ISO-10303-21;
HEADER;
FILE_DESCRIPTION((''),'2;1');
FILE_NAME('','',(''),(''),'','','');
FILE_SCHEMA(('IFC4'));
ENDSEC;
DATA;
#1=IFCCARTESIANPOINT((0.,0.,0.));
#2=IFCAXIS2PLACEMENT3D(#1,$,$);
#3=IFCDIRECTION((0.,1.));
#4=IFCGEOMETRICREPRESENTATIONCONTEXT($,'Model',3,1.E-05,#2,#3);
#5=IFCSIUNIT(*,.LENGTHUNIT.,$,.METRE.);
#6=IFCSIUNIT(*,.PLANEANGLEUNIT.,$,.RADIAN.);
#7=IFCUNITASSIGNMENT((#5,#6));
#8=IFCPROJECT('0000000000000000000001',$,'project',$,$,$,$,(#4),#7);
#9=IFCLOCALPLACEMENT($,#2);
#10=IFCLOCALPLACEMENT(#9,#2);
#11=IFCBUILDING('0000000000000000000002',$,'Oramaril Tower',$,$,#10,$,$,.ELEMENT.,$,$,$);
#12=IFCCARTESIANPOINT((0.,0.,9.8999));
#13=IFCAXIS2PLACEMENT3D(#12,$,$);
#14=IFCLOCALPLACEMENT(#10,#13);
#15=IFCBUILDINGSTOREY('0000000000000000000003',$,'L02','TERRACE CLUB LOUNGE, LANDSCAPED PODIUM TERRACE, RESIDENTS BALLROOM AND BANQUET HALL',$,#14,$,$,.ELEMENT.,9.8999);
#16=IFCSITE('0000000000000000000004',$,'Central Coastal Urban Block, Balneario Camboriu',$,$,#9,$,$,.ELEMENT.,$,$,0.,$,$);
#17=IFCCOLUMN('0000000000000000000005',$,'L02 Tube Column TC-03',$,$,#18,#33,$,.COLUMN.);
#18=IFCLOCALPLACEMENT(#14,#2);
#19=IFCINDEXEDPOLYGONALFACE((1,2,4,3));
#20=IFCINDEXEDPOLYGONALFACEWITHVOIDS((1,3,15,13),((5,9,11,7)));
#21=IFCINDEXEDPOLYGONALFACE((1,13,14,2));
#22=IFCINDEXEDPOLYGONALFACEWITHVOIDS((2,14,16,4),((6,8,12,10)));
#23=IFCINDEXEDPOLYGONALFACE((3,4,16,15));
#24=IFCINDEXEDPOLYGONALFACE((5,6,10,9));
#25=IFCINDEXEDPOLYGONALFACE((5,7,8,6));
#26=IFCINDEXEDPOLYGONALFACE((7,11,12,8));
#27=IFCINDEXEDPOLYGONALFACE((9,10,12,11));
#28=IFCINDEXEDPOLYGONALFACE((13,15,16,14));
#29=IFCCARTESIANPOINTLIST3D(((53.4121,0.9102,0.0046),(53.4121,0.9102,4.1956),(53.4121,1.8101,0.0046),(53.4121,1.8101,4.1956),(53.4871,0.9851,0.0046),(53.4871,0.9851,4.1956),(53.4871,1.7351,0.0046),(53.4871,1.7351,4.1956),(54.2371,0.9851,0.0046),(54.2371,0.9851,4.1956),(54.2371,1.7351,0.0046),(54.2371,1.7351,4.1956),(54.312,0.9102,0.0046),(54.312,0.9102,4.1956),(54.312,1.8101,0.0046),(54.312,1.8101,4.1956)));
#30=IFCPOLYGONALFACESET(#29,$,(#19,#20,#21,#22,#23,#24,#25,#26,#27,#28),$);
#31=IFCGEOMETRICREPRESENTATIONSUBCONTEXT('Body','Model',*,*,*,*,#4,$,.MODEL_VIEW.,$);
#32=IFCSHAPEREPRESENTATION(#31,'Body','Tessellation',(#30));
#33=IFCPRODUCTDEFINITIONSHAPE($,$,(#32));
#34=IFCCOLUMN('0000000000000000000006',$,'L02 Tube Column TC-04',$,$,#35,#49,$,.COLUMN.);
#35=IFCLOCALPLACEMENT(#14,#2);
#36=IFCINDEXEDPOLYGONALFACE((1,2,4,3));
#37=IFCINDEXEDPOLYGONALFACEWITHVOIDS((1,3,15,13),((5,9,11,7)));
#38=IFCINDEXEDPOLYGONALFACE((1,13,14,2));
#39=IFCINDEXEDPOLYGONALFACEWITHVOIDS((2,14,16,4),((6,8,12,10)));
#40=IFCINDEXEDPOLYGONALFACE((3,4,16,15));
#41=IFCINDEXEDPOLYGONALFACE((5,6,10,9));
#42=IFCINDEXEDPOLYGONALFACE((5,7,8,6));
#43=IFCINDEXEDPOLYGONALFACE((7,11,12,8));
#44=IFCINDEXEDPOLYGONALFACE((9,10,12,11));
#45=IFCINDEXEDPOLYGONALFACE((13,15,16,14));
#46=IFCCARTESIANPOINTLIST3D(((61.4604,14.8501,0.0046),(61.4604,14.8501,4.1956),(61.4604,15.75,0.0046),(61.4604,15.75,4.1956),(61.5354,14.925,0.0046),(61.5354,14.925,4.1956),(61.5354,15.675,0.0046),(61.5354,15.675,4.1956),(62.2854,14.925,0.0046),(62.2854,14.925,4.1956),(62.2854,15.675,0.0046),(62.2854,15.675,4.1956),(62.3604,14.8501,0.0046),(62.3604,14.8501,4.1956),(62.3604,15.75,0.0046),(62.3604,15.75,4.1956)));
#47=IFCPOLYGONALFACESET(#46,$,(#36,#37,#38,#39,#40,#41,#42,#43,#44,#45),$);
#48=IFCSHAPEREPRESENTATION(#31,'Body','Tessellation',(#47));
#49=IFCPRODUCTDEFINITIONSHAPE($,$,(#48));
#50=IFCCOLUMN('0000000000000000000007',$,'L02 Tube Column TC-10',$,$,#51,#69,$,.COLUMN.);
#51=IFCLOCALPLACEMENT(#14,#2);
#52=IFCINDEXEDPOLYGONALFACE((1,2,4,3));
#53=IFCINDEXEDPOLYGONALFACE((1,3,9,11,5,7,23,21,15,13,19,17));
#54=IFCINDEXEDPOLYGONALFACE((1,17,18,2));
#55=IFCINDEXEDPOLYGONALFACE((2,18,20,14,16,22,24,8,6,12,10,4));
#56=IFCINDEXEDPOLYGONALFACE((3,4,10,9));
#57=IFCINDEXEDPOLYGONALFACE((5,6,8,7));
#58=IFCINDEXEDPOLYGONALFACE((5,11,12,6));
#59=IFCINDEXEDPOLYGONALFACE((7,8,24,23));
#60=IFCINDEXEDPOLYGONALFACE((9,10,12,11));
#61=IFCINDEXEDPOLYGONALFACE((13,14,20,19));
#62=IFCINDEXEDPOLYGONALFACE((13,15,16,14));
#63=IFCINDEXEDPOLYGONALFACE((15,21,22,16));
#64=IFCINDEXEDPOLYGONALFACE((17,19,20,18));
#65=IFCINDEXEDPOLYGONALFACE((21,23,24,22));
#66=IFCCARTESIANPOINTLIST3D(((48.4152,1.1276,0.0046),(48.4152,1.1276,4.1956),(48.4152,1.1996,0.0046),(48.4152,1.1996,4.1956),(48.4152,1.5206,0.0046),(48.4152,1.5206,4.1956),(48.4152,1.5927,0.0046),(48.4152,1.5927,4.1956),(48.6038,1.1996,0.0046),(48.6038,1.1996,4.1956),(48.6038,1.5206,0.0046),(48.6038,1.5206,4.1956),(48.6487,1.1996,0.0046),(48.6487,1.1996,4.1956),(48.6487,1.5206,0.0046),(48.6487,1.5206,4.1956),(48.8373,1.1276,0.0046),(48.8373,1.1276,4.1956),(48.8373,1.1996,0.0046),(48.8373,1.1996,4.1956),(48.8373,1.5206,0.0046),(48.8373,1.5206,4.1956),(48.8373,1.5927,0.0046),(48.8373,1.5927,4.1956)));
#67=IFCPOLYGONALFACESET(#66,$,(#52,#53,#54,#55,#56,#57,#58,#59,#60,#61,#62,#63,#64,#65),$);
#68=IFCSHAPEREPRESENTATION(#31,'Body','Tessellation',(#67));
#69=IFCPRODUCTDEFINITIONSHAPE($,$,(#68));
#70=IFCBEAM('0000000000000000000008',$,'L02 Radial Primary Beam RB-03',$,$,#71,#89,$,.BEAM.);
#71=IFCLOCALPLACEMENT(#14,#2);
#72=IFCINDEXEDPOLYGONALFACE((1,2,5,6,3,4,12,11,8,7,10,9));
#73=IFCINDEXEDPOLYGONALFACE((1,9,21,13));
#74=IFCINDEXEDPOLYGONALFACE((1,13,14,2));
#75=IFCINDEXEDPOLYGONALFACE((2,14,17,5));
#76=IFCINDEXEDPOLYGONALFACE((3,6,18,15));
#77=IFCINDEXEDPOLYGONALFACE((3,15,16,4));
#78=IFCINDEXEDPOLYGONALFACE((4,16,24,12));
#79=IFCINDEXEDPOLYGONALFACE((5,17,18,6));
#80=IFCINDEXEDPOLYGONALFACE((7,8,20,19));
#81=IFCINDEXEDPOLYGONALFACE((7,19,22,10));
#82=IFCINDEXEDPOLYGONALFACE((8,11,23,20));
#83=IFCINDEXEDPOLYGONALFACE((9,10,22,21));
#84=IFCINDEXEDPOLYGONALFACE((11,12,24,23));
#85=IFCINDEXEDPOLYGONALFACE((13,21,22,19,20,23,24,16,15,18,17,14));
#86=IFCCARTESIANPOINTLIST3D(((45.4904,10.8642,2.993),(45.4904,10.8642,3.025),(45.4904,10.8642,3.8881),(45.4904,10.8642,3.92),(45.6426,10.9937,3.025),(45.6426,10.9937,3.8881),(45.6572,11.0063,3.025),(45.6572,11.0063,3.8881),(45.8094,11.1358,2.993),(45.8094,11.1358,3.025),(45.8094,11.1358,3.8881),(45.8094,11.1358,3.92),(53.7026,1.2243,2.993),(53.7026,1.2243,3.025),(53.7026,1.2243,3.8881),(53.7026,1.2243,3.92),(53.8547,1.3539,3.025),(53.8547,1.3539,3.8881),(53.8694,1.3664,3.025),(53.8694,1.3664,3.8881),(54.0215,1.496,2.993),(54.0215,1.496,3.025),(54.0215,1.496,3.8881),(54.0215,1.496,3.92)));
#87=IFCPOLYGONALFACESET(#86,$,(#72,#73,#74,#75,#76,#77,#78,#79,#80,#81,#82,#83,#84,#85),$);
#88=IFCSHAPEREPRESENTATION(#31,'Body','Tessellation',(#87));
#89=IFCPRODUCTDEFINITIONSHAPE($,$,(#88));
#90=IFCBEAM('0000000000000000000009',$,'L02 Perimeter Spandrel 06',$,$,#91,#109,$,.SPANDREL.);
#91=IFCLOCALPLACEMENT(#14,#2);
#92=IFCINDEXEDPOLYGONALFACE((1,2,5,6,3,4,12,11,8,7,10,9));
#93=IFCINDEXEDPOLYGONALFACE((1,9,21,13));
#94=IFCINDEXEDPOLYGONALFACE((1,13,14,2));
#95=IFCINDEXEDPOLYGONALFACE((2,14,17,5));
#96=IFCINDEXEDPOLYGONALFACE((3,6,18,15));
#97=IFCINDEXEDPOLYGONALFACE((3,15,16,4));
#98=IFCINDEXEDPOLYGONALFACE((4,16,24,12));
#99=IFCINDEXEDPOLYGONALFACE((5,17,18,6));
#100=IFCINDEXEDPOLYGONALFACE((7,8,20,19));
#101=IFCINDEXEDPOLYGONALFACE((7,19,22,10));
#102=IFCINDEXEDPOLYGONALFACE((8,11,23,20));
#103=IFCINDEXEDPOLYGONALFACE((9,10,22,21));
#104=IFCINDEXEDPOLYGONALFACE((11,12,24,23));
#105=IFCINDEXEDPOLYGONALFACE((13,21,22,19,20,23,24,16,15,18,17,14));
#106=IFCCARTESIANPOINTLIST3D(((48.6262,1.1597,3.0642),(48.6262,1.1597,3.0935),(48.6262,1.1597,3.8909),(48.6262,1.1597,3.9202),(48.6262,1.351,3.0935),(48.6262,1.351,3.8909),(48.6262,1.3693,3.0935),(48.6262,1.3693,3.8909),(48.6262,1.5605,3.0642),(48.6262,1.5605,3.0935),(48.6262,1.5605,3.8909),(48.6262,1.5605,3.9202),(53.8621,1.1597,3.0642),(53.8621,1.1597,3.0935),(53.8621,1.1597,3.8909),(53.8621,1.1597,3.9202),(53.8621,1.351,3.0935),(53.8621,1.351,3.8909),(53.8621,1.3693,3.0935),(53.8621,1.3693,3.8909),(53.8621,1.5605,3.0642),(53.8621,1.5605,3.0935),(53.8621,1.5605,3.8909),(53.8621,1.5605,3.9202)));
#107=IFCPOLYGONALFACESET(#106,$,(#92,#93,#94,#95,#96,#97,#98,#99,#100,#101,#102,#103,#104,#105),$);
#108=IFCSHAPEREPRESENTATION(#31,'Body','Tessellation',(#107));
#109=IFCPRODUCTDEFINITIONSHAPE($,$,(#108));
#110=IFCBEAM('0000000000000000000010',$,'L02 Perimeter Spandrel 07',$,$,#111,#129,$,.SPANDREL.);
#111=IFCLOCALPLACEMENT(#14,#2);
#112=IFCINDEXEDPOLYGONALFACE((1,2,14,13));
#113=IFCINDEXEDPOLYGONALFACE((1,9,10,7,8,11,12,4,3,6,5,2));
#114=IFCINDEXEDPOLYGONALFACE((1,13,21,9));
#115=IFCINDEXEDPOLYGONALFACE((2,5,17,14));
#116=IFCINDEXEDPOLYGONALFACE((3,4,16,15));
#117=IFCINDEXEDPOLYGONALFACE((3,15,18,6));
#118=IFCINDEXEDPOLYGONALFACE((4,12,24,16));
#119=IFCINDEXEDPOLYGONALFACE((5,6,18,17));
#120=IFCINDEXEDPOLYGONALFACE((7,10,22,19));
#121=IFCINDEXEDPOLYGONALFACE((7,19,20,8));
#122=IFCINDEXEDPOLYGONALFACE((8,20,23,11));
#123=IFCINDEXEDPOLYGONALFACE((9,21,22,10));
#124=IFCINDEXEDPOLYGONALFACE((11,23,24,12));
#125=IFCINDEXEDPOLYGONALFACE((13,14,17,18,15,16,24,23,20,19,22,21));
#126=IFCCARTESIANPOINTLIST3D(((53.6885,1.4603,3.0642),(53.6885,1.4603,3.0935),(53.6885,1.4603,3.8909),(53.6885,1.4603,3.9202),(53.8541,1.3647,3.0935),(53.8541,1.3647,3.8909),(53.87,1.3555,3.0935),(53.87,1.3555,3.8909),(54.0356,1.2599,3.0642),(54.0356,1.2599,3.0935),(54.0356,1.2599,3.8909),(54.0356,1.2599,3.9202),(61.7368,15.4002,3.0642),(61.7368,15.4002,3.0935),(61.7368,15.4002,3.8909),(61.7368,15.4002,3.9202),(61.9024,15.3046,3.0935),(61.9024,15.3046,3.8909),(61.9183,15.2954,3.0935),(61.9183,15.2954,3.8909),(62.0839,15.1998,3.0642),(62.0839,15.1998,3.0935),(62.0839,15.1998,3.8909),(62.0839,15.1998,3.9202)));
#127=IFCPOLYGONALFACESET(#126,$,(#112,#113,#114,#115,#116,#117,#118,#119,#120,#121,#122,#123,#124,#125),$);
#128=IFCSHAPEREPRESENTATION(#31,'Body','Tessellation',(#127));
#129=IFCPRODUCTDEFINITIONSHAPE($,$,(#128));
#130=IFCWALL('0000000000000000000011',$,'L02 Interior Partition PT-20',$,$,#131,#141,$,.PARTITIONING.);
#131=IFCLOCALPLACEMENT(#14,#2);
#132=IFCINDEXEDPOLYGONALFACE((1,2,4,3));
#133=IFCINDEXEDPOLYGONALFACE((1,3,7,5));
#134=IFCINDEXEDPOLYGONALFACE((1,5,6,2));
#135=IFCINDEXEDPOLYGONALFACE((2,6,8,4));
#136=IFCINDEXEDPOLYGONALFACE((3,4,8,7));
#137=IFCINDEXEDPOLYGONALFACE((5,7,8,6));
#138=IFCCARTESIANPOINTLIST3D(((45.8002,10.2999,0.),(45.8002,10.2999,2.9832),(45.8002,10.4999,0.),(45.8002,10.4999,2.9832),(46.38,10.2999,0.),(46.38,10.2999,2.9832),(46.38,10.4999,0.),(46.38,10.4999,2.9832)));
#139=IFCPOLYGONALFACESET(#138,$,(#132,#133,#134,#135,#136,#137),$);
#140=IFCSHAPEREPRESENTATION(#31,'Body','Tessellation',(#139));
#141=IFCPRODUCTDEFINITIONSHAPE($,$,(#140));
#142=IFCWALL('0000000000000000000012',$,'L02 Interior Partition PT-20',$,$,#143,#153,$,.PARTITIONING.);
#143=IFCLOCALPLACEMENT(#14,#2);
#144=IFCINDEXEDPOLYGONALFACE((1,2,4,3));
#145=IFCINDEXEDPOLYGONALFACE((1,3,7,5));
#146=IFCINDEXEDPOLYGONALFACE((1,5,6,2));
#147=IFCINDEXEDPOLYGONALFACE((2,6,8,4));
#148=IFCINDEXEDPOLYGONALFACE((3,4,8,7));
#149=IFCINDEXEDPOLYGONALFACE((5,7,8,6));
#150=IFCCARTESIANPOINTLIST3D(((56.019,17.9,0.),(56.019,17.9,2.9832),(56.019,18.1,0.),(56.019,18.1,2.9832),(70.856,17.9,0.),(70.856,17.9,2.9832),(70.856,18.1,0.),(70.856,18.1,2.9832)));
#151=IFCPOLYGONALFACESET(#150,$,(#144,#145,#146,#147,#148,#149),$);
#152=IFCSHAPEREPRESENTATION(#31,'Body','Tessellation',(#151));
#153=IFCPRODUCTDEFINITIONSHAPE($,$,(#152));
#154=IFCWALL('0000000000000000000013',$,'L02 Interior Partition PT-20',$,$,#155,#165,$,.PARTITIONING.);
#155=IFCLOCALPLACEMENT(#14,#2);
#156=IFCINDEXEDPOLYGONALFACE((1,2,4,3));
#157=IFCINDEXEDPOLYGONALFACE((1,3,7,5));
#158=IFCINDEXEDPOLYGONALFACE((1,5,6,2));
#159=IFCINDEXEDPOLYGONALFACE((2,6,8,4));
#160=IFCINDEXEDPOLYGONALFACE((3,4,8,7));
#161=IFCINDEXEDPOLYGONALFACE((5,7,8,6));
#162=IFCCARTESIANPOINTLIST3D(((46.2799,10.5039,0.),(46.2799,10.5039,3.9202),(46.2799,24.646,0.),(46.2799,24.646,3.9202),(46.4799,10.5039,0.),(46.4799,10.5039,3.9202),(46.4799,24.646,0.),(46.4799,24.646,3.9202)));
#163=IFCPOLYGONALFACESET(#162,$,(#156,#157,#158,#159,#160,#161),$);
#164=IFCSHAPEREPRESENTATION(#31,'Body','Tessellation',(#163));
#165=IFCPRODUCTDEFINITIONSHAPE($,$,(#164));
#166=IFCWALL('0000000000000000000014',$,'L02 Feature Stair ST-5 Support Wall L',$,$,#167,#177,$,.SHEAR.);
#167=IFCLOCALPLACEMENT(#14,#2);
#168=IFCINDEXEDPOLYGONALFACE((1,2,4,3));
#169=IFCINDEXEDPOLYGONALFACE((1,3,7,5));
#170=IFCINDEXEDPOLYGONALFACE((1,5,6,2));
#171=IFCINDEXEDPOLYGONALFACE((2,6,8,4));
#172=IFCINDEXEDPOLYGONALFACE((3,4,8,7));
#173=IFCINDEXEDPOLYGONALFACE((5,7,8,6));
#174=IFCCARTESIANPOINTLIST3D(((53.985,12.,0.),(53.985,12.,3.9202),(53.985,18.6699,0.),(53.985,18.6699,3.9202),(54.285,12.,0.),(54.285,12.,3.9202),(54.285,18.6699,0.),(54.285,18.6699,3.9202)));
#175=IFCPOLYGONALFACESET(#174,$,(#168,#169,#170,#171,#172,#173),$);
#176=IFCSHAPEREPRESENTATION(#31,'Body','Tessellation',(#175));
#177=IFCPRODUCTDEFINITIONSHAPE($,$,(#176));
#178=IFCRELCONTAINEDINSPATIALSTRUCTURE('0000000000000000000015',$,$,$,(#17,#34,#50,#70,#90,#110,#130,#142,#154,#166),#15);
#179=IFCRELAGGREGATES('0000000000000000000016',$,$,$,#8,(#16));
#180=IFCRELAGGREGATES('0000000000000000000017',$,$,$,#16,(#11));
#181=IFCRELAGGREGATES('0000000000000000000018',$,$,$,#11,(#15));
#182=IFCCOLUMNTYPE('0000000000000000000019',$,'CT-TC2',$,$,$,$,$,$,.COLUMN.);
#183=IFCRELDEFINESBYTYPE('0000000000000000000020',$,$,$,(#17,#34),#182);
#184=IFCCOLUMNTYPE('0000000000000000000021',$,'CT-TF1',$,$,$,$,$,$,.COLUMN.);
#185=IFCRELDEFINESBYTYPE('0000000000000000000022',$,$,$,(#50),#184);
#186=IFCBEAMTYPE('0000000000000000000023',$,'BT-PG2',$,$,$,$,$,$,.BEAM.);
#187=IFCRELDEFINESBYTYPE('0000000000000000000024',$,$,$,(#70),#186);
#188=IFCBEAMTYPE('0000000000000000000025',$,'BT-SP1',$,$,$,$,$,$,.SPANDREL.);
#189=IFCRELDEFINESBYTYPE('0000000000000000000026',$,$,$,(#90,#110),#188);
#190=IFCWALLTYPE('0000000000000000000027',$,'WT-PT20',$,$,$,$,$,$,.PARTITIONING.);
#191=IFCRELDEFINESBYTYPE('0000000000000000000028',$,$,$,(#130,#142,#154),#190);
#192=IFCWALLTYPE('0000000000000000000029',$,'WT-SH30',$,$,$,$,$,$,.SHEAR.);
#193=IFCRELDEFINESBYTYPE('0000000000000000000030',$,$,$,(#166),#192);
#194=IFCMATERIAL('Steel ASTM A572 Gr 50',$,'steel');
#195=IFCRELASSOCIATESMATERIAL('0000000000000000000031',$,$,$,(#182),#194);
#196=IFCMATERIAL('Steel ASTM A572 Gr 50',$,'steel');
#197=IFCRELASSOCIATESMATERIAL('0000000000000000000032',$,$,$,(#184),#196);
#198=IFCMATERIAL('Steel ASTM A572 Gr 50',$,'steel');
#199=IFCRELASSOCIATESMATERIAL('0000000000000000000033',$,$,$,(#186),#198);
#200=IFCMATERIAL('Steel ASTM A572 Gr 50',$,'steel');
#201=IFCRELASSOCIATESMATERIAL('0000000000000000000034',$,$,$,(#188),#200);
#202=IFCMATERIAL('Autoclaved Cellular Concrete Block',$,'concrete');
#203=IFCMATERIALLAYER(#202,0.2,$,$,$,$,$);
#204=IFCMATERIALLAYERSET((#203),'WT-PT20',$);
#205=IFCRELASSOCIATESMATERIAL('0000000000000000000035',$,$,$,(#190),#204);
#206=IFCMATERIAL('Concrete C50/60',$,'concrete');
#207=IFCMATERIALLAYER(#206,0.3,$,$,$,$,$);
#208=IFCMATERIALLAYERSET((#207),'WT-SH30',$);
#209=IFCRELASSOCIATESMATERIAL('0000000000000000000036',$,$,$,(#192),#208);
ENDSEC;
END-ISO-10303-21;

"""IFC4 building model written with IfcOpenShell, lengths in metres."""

from ifc_helpers import new_model, si_unit, direction, frame, frame_2d, origin, origin_2d, place, context, subcontext, project, spatial, rectangle, hollow_rectangle, i_section, extrude, material, layer, layer_set, material_profile, profile_set, type_object, element, save


model = new_model("IFC4")

# Units and contexts
model_context = context("Model", 3, precision=1e-05, world=origin(), true_north=direction((0.0, 1.0)))
body_context = subcontext(model_context, "Body", "Model", "MODEL_VIEW")
ifc_project = project(units=[si_unit("LENGTHUNIT", "METRE"), si_unit("PLANEANGLEUNIT", "RADIAN")], contexts=[model_context])

# Site, building, storey
site_placement = place(None, origin())
site = spatial("IfcSite", under=ifc_project, at=site_placement, Name="Central Coastal Urban Block, Balneario Camboriu", CompositionType="ELEMENT", RefElevation=0.0)
building_placement = place(site_placement, origin())
building = spatial("IfcBuilding", under=site, at=building_placement, Name="Oramaril Tower", CompositionType="ELEMENT")
storey_placement = place(building_placement, frame((0.0, 0.0, 9.8999)))
storey = spatial("IfcBuildingStorey", under=building, at=storey_placement, Name="L02", Description="TERRACE CLUB LOUNGE, LANDSCAPED PODIUM TERRACE, RESIDENTS BALLROOM AND BANQUET HALL", CompositionType="ELEMENT", Elevation=9.8999)

# Columns
ifc_material_1 = material(Name="Steel ASTM A572 Gr 50", Category="steel")
ifc_material_profile_1 = material_profile(ifc_material_1, hollow_rectangle(XDim=0.8999, YDim=0.8999, WallThickness=0.075, at=origin_2d()), Name="BOX900X900X75")
ifc_profile_set_1 = profile_set([ifc_material_profile_1], Name="Steel ASTM A572 Gr 50")
column_type_1 = type_object("IfcColumnType", Name="CT-TC2", PredefinedType="COLUMN", material=ifc_profile_set_1)
for number, where, z_axis, x_axis, name in (
    (1, (53.8621, 1.3601, 0.0046), (0.0, 0.0, 1.0), (1.0, 0.0, 0.0), "L02 Tube Column TC-03"),
    (2, (61.9104, 15.3, 0.0046), (0.0, 0.0, 1.0), (1.0, 0.0, 0.0), "L02 Tube Column TC-04"),
):
    element("IfcColumn", number, at=place(storey_placement, frame(where, z_axis=z_axis, x_axis=x_axis)), inside=storey, type_object=column_type_1, Name=name, PredefinedType="COLUMN", context=body_context, shape_type="SweptSolid", body=[
        extrude(hollow_rectangle(XDim=0.8999, YDim=0.8999, WallThickness=0.075, at=origin_2d()), origin(), (0.0, 0.0, 1.0), 4.1909),
    ])
ifc_material_2 = material(Name="Steel ASTM A572 Gr 50", Category="steel")
ifc_material_profile_2 = material_profile(ifc_material_2, i_section(OverallWidth=0.4221, OverallDepth=0.4651, WebThickness=0.0449, FlangeThickness=0.072, at=origin_2d()), Name="W14X398")
ifc_profile_set_2 = profile_set([ifc_material_profile_2], Name="Steel ASTM A572 Gr 50")
column_type_2 = type_object("IfcColumnType", Name="CT-TF1", PredefinedType="COLUMN", material=ifc_profile_set_2)
column_placement = place(storey_placement, frame((48.6262, 1.3601, 0.0046), z_axis=(0.0, 0.0, 1.0), x_axis=(1.0, 0.0, 0.0)))
element("IfcColumn", 3, at=column_placement, inside=storey, type_object=column_type_2, Name="L02 Tube Column TC-10", PredefinedType="COLUMN", context=body_context, shape_type="SweptSolid", body=[
    extrude(i_section(OverallWidth=0.4221, OverallDepth=0.4651, WebThickness=0.0449, FlangeThickness=0.072, at=origin_2d()), origin(), (0.0, 0.0, 1.0), 4.1909),
])

# Beams
ifc_material_3 = material(Name="Steel ASTM A572 Gr 50", Category="steel")
ifc_material_profile_3 = material_profile(ifc_material_3, i_section(OverallWidth=0.4189, OverallDepth=0.927, WebThickness=0.0193, FlangeThickness=0.032, at=origin_2d()), Name="W36X231")
ifc_profile_set_3 = profile_set([ifc_material_profile_3], Name="Steel ASTM A572 Gr 50")
beam_type_1 = type_object("IfcBeamType", Name="BT-PG2", PredefinedType="BEAM", material=ifc_profile_set_3)
beam_1_placement = place(storey_placement, frame((45.6499, 11.0, 3.4565), z_axis=(0.648485, -0.761228, 0.0), x_axis=(0.761228, 0.648485, 0.0)))
element("IfcBeam", 4, at=beam_1_placement, inside=storey, type_object=beam_type_1, Name="L02 Radial Primary Beam RB-03", PredefinedType="BEAM", context=body_context, shape_type="SweptSolid", body=[
    extrude(i_section(OverallWidth=0.4189, OverallDepth=0.927, WebThickness=0.0193, FlangeThickness=0.032, at=origin_2d()), origin(), (0.0, 0.0, 1.0), 12.6636),
])
ifc_material_4 = material(Name="Steel ASTM A572 Gr 50", Category="steel")
ifc_material_profile_4 = material_profile(ifc_material_4, i_section(OverallWidth=0.4009, OverallDepth=0.856, WebThickness=0.0183, FlangeThickness=0.0293, at=origin_2d()), Name="W33X201")
ifc_profile_set_4 = profile_set([ifc_material_profile_4], Name="Steel ASTM A572 Gr 50")
beam_type_2 = type_object("IfcBeamType", Name="BT-SP1", PredefinedType="SPANDREL", material=ifc_profile_set_4)
beam_2_placement = place(storey_placement, frame((48.6262, 1.3601, 3.4922), z_axis=(1.0, 0.0, 0.0), x_axis=(0.0, 1.0, 0.0)))
element("IfcBeam", 5, at=beam_2_placement, inside=storey, type_object=beam_type_2, Name="L02 Perimeter Spandrel 06", PredefinedType="SPANDREL", context=body_context, shape_type="SweptSolid", body=[
    extrude(i_section(OverallWidth=0.4009, OverallDepth=0.856, WebThickness=0.0183, FlangeThickness=0.0293, at=origin_2d()), origin(), (0.0, 0.0, 1.0), 5.2358),
])
beam_3_placement = place(storey_placement, frame((53.8621, 1.3601, 3.4922), z_axis=(0.500005, 0.866022, 0.0), x_axis=(-0.866022, 0.500005, 0.0)))
element("IfcBeam", 6, at=beam_3_placement, inside=storey, type_object=beam_type_2, Name="L02 Perimeter Spandrel 07", PredefinedType="SPANDREL", context=body_context, shape_type="SweptSolid", body=[
    extrude(i_section(OverallWidth=0.4009, OverallDepth=0.856, WebThickness=0.0183, FlangeThickness=0.0293, at=origin_2d()), origin(), (0.0, 0.0, 1.0), 16.0964),
])

# Walls
ifc_material_5 = material(Name="Autoclaved Cellular Concrete Block", Category="concrete")
ifc_layer_1 = layer(ifc_material_5, 0.2)
ifc_layer_set_1 = layer_set([ifc_layer_1], Name="WT-PT20")
wall_type_1 = type_object("IfcWallType", Name="WT-PT20", PredefinedType="PARTITIONING", material=ifc_layer_set_1)
wall_1_placement = place(storey_placement, frame((45.8, 10.3999, 0.0), z_axis=(0.0, 0.0, 1.0), x_axis=(1.0, 0.0, 0.0)))
element("IfcWall", 7, at=wall_1_placement, inside=storey, type_object=wall_type_1, Name="L02 Interior Partition PT-20", PredefinedType="PARTITIONING", context=body_context, shape_type="SweptSolid", body=[
    extrude(rectangle(XDim=0.5798, YDim=0.2, at=frame_2d((0.29, 0.0))), origin(), (0.0, 0.0, 1.0), 2.9832),
])
wall_2_placement = place(storey_placement, frame((56.019, 18.0, 0.0), z_axis=(0.0, 0.0, 1.0), x_axis=(1.0, 0.0, 0.0)))
element("IfcWall", 8, at=wall_2_placement, inside=storey, type_object=wall_type_1, Name="L02 Interior Partition PT-20", PredefinedType="PARTITIONING", context=body_context, shape_type="SweptSolid", body=[
    extrude(rectangle(XDim=14.8369, YDim=0.2, at=frame_2d((7.4185, 0.0))), origin(), (0.0, 0.0, 1.0), 2.9832),
])
wall_3_placement = place(storey_placement, frame((46.3799, 10.5039, 0.0), z_axis=(0.0, 0.0, 1.0), x_axis=(0.0, 1.0, 0.0)))
element("IfcWall", 9, at=wall_3_placement, inside=storey, type_object=wall_type_1, Name="L02 Interior Partition PT-20", PredefinedType="PARTITIONING", context=body_context, shape_type="SweptSolid", body=[
    extrude(rectangle(XDim=14.1421, YDim=0.2, at=frame_2d((7.071, 0.0))), origin(), (0.0, 0.0, 1.0), 3.9202),
])

# Wall
ifc_material_6 = material(Name="Concrete C50/60", Category="concrete")
ifc_layer_2 = layer(ifc_material_6, 0.3)
ifc_layer_set_2 = layer_set([ifc_layer_2], Name="WT-SH30")
wall_type_2 = type_object("IfcWallType", Name="WT-SH30", PredefinedType="SHEAR", material=ifc_layer_set_2)
for number, where, z_axis, x_axis, name in (
    (10, (54.135, 12.0, 0.0), (0.0, 0.0, 1.0), (0.0, 1.0, 0.0), "L02 Feature Stair ST-5 Support Wall L"),
):
    element("IfcWall", number, at=place(storey_placement, frame(where, z_axis=z_axis, x_axis=x_axis)), inside=storey, type_object=wall_type_2, Name=name, PredefinedType="SHEAR", context=body_context, shape_type="SweptSolid", body=[
        extrude(rectangle(XDim=6.6699, YDim=0.3, at=frame_2d((3.335, 0.0))), origin(), (0.0, 0.0, 1.0), 3.9202),
    ])

save(model, "model.ifc")
